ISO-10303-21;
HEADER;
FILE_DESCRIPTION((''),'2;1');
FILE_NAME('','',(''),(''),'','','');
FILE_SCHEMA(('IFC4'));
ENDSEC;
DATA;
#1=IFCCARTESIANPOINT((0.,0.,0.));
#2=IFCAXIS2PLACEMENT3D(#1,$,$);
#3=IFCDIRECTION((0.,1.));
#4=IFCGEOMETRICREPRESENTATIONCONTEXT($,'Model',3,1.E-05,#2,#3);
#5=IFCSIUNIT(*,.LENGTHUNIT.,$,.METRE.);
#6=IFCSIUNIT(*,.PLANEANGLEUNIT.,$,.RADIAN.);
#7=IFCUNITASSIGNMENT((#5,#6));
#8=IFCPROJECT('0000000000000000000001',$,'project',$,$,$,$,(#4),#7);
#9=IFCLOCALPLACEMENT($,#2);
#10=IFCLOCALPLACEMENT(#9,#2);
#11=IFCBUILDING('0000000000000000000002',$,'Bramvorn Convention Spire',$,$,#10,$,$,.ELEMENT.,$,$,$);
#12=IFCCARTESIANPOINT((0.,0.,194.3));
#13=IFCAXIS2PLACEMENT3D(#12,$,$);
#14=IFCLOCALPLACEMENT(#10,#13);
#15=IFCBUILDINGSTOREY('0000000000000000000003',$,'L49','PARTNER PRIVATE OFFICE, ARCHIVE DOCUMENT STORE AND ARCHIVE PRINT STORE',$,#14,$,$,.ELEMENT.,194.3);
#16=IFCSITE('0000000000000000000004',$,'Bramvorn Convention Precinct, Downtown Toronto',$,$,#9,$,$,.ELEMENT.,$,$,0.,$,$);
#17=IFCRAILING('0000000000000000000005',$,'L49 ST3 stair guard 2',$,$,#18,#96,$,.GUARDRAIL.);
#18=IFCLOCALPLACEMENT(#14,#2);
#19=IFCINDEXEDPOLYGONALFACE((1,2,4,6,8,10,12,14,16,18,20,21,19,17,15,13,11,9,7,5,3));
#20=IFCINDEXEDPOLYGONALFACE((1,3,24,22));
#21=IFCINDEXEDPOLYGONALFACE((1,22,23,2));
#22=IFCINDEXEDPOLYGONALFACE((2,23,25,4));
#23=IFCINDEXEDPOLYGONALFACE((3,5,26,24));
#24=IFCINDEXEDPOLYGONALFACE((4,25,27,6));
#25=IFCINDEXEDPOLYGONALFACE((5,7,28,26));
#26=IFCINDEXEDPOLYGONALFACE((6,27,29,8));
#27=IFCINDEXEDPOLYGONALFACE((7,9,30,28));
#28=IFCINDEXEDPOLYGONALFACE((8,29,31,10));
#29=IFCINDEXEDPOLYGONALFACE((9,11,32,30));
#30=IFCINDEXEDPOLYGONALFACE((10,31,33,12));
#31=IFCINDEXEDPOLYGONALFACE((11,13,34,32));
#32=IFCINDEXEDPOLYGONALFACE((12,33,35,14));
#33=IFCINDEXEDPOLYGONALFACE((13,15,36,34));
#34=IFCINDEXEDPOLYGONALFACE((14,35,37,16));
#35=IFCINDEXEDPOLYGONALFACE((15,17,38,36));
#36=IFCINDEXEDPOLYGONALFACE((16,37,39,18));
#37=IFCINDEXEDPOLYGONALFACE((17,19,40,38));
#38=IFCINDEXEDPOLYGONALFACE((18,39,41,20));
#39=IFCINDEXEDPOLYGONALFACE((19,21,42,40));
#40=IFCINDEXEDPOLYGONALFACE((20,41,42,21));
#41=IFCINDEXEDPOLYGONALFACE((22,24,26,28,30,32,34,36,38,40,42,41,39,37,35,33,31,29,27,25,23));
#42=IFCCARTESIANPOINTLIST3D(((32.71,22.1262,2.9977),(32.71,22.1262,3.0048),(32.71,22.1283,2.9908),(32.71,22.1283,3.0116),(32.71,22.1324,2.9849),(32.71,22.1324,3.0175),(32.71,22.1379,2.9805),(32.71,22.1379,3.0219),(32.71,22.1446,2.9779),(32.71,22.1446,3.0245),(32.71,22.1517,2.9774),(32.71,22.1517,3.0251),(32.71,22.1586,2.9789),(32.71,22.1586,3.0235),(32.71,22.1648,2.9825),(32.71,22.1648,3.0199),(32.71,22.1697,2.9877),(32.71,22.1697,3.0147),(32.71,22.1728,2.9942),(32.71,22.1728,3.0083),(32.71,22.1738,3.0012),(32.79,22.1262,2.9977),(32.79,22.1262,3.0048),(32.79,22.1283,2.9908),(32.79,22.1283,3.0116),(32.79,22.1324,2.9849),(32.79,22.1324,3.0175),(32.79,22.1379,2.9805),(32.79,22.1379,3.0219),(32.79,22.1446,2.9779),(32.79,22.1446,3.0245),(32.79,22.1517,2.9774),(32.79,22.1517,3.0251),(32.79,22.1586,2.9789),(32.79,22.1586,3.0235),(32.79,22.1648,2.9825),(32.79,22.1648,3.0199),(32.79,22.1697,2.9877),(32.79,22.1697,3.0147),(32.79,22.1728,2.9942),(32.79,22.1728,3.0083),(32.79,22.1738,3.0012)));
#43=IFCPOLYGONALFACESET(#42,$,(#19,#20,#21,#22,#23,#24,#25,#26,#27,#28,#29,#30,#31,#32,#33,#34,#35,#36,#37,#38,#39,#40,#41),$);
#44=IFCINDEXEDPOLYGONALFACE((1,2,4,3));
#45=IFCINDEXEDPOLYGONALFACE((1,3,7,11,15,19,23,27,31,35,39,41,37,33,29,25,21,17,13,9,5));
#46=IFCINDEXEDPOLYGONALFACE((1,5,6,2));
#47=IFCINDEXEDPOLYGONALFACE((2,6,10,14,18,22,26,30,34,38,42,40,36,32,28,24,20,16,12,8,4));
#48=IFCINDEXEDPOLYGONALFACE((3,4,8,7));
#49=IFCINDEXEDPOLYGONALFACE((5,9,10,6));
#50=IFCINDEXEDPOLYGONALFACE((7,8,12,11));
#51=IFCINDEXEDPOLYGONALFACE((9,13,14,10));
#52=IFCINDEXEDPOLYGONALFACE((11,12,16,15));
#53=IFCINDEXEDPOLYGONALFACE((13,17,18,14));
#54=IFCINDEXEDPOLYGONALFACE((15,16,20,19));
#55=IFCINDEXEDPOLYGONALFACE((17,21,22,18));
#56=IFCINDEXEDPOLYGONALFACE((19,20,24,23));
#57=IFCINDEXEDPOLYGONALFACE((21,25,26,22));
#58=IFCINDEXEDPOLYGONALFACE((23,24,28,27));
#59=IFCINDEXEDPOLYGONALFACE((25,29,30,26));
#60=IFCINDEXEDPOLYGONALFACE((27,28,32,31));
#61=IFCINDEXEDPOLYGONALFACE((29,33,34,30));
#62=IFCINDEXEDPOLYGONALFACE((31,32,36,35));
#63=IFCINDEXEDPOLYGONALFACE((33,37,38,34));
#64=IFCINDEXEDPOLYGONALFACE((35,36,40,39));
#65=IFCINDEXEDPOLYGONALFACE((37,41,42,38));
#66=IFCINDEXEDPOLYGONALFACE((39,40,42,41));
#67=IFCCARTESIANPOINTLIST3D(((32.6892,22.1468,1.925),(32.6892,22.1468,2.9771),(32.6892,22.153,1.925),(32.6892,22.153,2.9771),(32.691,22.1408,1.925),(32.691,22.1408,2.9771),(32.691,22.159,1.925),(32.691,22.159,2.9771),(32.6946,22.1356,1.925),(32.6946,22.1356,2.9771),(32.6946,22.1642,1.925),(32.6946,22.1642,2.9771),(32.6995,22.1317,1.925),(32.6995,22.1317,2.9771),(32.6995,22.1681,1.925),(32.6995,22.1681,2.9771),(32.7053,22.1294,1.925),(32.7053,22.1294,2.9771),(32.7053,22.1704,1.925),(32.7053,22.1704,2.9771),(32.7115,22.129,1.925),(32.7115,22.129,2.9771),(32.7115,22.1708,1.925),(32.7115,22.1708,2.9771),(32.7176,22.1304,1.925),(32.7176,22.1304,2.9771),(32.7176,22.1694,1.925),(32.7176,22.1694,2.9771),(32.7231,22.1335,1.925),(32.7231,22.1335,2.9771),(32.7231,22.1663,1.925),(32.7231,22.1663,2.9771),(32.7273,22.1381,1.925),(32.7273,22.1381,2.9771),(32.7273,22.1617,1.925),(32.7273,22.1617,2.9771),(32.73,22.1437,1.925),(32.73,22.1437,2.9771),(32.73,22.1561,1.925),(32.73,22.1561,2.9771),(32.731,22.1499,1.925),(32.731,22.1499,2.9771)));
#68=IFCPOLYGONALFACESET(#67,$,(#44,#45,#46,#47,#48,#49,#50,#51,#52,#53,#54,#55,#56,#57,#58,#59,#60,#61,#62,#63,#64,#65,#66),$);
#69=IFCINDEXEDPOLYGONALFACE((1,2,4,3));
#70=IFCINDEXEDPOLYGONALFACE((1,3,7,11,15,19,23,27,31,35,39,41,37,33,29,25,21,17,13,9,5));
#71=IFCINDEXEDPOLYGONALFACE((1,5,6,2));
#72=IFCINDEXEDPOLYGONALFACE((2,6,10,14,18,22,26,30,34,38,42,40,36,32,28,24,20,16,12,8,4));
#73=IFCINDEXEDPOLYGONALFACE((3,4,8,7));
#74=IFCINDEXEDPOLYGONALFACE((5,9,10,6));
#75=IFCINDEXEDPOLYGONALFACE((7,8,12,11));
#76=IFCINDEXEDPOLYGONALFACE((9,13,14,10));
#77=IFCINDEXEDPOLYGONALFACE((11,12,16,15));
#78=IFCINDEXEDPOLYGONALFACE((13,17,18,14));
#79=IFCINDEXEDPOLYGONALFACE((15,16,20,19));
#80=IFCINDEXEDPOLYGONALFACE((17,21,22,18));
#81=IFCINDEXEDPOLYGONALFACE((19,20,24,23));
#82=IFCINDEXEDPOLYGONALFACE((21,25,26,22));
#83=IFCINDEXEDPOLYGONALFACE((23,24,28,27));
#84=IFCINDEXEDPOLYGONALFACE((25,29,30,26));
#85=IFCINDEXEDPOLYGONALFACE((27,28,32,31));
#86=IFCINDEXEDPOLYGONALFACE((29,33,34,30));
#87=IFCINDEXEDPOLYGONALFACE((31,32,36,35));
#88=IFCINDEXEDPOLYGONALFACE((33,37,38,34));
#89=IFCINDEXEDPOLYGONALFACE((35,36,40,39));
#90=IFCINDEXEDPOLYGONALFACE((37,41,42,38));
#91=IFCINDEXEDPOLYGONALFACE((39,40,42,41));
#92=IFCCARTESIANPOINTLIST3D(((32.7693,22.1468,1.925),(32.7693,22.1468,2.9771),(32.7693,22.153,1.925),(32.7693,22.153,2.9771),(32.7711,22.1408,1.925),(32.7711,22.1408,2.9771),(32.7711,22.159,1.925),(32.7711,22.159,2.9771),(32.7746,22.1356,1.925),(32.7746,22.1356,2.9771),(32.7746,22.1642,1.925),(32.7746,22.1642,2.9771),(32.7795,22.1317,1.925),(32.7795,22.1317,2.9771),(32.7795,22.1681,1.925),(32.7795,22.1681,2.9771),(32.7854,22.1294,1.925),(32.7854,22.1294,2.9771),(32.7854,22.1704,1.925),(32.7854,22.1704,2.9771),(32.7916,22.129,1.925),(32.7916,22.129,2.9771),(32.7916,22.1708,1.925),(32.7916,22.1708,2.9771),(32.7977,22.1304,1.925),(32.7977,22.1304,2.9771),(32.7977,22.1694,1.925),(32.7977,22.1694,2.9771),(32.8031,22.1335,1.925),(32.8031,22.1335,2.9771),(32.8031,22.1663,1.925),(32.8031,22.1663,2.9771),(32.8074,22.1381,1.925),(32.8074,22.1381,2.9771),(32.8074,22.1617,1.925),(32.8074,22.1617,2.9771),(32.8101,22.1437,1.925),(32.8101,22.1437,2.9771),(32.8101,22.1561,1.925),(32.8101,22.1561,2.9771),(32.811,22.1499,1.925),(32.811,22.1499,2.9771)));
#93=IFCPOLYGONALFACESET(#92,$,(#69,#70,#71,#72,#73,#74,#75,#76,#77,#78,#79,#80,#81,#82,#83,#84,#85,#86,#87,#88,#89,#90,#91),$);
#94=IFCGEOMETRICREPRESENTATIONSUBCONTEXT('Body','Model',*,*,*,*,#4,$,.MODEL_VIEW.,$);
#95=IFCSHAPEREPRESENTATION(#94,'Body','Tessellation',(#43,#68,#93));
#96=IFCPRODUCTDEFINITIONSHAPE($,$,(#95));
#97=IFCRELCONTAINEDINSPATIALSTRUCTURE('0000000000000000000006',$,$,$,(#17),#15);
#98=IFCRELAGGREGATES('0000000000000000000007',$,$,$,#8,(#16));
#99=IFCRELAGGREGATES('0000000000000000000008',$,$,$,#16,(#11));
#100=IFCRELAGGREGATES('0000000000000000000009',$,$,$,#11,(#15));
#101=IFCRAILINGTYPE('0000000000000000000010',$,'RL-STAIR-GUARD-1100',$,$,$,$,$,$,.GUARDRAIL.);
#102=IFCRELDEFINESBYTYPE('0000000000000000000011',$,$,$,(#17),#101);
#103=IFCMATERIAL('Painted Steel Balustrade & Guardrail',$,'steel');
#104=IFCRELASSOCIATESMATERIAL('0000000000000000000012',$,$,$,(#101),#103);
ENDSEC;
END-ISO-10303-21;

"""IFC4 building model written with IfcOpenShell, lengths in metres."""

from ifc_helpers import new_model, si_unit, direction, frame, origin, origin_2d, place, context, subcontext, project, spatial, circle, extrude, material, type_object, element, save


model = new_model("IFC4")

# Units and contexts
model_context = context("Model", 3, precision=1e-05, world=origin(), true_north=direction((0.0, 1.0)))
body_context = subcontext(model_context, "Body", "Model", "MODEL_VIEW")
ifc_project = project(units=[si_unit("LENGTHUNIT", "METRE"), si_unit("PLANEANGLEUNIT", "RADIAN")], contexts=[model_context])

# Site, building, storey
site_placement = place(None, origin())
site = spatial("IfcSite", under=ifc_project, at=site_placement, Name="Bramvorn Convention Precinct, Downtown Toronto", CompositionType="ELEMENT", RefElevation=0.0)
building_placement = place(site_placement, origin())
building = spatial("IfcBuilding", under=site, at=building_placement, Name="Bramvorn Convention Spire", CompositionType="ELEMENT")
storey_placement = place(building_placement, frame((0.0, 0.0, 194.3)))
storey = spatial("IfcBuildingStorey", under=building, at=storey_placement, Name="L49", Description="PARTNER PRIVATE OFFICE, ARCHIVE DOCUMENT STORE AND ARCHIVE PRINT STORE", CompositionType="ELEMENT", Elevation=194.3)

# Railing
ifc_material_1 = material(Name="Painted Steel Balustrade & Guardrail", Category="steel")
railing_type_1 = type_object("IfcRailingType", Name="RL-STAIR-GUARD-1100", PredefinedType="GUARDRAIL", material=ifc_material_1)
railing_1_placement = place(storey_placement, frame((32.71, 22.1499, 1.925)))
element("IfcRailing", 1, at=railing_1_placement, inside=storey, type_object=railing_type_1, Name="L49 ST3 stair guard 2", PredefinedType="GUARDRAIL", context=body_context, shape_type="SweptSolid", body=[
    extrude(circle(Radius=0.0239, at=origin_2d()), frame((0.0, 0.0, 1.0762), z_axis=(1.0, 0.0, 0.0), x_axis=(0.0, 1.0, 0.0)), (0.0, 0.0, 1.0), 0.0801),
    extrude(circle(Radius=0.021, at=origin_2d()), origin(), (0.0, 0.0, 1.0), 1.052),
    extrude(circle(Radius=0.021, at=origin_2d()), frame((0.0801, 0.0, 0.0)), (0.0, 0.0, 1.0), 1.052),
])

save(model, "model.ifc")
